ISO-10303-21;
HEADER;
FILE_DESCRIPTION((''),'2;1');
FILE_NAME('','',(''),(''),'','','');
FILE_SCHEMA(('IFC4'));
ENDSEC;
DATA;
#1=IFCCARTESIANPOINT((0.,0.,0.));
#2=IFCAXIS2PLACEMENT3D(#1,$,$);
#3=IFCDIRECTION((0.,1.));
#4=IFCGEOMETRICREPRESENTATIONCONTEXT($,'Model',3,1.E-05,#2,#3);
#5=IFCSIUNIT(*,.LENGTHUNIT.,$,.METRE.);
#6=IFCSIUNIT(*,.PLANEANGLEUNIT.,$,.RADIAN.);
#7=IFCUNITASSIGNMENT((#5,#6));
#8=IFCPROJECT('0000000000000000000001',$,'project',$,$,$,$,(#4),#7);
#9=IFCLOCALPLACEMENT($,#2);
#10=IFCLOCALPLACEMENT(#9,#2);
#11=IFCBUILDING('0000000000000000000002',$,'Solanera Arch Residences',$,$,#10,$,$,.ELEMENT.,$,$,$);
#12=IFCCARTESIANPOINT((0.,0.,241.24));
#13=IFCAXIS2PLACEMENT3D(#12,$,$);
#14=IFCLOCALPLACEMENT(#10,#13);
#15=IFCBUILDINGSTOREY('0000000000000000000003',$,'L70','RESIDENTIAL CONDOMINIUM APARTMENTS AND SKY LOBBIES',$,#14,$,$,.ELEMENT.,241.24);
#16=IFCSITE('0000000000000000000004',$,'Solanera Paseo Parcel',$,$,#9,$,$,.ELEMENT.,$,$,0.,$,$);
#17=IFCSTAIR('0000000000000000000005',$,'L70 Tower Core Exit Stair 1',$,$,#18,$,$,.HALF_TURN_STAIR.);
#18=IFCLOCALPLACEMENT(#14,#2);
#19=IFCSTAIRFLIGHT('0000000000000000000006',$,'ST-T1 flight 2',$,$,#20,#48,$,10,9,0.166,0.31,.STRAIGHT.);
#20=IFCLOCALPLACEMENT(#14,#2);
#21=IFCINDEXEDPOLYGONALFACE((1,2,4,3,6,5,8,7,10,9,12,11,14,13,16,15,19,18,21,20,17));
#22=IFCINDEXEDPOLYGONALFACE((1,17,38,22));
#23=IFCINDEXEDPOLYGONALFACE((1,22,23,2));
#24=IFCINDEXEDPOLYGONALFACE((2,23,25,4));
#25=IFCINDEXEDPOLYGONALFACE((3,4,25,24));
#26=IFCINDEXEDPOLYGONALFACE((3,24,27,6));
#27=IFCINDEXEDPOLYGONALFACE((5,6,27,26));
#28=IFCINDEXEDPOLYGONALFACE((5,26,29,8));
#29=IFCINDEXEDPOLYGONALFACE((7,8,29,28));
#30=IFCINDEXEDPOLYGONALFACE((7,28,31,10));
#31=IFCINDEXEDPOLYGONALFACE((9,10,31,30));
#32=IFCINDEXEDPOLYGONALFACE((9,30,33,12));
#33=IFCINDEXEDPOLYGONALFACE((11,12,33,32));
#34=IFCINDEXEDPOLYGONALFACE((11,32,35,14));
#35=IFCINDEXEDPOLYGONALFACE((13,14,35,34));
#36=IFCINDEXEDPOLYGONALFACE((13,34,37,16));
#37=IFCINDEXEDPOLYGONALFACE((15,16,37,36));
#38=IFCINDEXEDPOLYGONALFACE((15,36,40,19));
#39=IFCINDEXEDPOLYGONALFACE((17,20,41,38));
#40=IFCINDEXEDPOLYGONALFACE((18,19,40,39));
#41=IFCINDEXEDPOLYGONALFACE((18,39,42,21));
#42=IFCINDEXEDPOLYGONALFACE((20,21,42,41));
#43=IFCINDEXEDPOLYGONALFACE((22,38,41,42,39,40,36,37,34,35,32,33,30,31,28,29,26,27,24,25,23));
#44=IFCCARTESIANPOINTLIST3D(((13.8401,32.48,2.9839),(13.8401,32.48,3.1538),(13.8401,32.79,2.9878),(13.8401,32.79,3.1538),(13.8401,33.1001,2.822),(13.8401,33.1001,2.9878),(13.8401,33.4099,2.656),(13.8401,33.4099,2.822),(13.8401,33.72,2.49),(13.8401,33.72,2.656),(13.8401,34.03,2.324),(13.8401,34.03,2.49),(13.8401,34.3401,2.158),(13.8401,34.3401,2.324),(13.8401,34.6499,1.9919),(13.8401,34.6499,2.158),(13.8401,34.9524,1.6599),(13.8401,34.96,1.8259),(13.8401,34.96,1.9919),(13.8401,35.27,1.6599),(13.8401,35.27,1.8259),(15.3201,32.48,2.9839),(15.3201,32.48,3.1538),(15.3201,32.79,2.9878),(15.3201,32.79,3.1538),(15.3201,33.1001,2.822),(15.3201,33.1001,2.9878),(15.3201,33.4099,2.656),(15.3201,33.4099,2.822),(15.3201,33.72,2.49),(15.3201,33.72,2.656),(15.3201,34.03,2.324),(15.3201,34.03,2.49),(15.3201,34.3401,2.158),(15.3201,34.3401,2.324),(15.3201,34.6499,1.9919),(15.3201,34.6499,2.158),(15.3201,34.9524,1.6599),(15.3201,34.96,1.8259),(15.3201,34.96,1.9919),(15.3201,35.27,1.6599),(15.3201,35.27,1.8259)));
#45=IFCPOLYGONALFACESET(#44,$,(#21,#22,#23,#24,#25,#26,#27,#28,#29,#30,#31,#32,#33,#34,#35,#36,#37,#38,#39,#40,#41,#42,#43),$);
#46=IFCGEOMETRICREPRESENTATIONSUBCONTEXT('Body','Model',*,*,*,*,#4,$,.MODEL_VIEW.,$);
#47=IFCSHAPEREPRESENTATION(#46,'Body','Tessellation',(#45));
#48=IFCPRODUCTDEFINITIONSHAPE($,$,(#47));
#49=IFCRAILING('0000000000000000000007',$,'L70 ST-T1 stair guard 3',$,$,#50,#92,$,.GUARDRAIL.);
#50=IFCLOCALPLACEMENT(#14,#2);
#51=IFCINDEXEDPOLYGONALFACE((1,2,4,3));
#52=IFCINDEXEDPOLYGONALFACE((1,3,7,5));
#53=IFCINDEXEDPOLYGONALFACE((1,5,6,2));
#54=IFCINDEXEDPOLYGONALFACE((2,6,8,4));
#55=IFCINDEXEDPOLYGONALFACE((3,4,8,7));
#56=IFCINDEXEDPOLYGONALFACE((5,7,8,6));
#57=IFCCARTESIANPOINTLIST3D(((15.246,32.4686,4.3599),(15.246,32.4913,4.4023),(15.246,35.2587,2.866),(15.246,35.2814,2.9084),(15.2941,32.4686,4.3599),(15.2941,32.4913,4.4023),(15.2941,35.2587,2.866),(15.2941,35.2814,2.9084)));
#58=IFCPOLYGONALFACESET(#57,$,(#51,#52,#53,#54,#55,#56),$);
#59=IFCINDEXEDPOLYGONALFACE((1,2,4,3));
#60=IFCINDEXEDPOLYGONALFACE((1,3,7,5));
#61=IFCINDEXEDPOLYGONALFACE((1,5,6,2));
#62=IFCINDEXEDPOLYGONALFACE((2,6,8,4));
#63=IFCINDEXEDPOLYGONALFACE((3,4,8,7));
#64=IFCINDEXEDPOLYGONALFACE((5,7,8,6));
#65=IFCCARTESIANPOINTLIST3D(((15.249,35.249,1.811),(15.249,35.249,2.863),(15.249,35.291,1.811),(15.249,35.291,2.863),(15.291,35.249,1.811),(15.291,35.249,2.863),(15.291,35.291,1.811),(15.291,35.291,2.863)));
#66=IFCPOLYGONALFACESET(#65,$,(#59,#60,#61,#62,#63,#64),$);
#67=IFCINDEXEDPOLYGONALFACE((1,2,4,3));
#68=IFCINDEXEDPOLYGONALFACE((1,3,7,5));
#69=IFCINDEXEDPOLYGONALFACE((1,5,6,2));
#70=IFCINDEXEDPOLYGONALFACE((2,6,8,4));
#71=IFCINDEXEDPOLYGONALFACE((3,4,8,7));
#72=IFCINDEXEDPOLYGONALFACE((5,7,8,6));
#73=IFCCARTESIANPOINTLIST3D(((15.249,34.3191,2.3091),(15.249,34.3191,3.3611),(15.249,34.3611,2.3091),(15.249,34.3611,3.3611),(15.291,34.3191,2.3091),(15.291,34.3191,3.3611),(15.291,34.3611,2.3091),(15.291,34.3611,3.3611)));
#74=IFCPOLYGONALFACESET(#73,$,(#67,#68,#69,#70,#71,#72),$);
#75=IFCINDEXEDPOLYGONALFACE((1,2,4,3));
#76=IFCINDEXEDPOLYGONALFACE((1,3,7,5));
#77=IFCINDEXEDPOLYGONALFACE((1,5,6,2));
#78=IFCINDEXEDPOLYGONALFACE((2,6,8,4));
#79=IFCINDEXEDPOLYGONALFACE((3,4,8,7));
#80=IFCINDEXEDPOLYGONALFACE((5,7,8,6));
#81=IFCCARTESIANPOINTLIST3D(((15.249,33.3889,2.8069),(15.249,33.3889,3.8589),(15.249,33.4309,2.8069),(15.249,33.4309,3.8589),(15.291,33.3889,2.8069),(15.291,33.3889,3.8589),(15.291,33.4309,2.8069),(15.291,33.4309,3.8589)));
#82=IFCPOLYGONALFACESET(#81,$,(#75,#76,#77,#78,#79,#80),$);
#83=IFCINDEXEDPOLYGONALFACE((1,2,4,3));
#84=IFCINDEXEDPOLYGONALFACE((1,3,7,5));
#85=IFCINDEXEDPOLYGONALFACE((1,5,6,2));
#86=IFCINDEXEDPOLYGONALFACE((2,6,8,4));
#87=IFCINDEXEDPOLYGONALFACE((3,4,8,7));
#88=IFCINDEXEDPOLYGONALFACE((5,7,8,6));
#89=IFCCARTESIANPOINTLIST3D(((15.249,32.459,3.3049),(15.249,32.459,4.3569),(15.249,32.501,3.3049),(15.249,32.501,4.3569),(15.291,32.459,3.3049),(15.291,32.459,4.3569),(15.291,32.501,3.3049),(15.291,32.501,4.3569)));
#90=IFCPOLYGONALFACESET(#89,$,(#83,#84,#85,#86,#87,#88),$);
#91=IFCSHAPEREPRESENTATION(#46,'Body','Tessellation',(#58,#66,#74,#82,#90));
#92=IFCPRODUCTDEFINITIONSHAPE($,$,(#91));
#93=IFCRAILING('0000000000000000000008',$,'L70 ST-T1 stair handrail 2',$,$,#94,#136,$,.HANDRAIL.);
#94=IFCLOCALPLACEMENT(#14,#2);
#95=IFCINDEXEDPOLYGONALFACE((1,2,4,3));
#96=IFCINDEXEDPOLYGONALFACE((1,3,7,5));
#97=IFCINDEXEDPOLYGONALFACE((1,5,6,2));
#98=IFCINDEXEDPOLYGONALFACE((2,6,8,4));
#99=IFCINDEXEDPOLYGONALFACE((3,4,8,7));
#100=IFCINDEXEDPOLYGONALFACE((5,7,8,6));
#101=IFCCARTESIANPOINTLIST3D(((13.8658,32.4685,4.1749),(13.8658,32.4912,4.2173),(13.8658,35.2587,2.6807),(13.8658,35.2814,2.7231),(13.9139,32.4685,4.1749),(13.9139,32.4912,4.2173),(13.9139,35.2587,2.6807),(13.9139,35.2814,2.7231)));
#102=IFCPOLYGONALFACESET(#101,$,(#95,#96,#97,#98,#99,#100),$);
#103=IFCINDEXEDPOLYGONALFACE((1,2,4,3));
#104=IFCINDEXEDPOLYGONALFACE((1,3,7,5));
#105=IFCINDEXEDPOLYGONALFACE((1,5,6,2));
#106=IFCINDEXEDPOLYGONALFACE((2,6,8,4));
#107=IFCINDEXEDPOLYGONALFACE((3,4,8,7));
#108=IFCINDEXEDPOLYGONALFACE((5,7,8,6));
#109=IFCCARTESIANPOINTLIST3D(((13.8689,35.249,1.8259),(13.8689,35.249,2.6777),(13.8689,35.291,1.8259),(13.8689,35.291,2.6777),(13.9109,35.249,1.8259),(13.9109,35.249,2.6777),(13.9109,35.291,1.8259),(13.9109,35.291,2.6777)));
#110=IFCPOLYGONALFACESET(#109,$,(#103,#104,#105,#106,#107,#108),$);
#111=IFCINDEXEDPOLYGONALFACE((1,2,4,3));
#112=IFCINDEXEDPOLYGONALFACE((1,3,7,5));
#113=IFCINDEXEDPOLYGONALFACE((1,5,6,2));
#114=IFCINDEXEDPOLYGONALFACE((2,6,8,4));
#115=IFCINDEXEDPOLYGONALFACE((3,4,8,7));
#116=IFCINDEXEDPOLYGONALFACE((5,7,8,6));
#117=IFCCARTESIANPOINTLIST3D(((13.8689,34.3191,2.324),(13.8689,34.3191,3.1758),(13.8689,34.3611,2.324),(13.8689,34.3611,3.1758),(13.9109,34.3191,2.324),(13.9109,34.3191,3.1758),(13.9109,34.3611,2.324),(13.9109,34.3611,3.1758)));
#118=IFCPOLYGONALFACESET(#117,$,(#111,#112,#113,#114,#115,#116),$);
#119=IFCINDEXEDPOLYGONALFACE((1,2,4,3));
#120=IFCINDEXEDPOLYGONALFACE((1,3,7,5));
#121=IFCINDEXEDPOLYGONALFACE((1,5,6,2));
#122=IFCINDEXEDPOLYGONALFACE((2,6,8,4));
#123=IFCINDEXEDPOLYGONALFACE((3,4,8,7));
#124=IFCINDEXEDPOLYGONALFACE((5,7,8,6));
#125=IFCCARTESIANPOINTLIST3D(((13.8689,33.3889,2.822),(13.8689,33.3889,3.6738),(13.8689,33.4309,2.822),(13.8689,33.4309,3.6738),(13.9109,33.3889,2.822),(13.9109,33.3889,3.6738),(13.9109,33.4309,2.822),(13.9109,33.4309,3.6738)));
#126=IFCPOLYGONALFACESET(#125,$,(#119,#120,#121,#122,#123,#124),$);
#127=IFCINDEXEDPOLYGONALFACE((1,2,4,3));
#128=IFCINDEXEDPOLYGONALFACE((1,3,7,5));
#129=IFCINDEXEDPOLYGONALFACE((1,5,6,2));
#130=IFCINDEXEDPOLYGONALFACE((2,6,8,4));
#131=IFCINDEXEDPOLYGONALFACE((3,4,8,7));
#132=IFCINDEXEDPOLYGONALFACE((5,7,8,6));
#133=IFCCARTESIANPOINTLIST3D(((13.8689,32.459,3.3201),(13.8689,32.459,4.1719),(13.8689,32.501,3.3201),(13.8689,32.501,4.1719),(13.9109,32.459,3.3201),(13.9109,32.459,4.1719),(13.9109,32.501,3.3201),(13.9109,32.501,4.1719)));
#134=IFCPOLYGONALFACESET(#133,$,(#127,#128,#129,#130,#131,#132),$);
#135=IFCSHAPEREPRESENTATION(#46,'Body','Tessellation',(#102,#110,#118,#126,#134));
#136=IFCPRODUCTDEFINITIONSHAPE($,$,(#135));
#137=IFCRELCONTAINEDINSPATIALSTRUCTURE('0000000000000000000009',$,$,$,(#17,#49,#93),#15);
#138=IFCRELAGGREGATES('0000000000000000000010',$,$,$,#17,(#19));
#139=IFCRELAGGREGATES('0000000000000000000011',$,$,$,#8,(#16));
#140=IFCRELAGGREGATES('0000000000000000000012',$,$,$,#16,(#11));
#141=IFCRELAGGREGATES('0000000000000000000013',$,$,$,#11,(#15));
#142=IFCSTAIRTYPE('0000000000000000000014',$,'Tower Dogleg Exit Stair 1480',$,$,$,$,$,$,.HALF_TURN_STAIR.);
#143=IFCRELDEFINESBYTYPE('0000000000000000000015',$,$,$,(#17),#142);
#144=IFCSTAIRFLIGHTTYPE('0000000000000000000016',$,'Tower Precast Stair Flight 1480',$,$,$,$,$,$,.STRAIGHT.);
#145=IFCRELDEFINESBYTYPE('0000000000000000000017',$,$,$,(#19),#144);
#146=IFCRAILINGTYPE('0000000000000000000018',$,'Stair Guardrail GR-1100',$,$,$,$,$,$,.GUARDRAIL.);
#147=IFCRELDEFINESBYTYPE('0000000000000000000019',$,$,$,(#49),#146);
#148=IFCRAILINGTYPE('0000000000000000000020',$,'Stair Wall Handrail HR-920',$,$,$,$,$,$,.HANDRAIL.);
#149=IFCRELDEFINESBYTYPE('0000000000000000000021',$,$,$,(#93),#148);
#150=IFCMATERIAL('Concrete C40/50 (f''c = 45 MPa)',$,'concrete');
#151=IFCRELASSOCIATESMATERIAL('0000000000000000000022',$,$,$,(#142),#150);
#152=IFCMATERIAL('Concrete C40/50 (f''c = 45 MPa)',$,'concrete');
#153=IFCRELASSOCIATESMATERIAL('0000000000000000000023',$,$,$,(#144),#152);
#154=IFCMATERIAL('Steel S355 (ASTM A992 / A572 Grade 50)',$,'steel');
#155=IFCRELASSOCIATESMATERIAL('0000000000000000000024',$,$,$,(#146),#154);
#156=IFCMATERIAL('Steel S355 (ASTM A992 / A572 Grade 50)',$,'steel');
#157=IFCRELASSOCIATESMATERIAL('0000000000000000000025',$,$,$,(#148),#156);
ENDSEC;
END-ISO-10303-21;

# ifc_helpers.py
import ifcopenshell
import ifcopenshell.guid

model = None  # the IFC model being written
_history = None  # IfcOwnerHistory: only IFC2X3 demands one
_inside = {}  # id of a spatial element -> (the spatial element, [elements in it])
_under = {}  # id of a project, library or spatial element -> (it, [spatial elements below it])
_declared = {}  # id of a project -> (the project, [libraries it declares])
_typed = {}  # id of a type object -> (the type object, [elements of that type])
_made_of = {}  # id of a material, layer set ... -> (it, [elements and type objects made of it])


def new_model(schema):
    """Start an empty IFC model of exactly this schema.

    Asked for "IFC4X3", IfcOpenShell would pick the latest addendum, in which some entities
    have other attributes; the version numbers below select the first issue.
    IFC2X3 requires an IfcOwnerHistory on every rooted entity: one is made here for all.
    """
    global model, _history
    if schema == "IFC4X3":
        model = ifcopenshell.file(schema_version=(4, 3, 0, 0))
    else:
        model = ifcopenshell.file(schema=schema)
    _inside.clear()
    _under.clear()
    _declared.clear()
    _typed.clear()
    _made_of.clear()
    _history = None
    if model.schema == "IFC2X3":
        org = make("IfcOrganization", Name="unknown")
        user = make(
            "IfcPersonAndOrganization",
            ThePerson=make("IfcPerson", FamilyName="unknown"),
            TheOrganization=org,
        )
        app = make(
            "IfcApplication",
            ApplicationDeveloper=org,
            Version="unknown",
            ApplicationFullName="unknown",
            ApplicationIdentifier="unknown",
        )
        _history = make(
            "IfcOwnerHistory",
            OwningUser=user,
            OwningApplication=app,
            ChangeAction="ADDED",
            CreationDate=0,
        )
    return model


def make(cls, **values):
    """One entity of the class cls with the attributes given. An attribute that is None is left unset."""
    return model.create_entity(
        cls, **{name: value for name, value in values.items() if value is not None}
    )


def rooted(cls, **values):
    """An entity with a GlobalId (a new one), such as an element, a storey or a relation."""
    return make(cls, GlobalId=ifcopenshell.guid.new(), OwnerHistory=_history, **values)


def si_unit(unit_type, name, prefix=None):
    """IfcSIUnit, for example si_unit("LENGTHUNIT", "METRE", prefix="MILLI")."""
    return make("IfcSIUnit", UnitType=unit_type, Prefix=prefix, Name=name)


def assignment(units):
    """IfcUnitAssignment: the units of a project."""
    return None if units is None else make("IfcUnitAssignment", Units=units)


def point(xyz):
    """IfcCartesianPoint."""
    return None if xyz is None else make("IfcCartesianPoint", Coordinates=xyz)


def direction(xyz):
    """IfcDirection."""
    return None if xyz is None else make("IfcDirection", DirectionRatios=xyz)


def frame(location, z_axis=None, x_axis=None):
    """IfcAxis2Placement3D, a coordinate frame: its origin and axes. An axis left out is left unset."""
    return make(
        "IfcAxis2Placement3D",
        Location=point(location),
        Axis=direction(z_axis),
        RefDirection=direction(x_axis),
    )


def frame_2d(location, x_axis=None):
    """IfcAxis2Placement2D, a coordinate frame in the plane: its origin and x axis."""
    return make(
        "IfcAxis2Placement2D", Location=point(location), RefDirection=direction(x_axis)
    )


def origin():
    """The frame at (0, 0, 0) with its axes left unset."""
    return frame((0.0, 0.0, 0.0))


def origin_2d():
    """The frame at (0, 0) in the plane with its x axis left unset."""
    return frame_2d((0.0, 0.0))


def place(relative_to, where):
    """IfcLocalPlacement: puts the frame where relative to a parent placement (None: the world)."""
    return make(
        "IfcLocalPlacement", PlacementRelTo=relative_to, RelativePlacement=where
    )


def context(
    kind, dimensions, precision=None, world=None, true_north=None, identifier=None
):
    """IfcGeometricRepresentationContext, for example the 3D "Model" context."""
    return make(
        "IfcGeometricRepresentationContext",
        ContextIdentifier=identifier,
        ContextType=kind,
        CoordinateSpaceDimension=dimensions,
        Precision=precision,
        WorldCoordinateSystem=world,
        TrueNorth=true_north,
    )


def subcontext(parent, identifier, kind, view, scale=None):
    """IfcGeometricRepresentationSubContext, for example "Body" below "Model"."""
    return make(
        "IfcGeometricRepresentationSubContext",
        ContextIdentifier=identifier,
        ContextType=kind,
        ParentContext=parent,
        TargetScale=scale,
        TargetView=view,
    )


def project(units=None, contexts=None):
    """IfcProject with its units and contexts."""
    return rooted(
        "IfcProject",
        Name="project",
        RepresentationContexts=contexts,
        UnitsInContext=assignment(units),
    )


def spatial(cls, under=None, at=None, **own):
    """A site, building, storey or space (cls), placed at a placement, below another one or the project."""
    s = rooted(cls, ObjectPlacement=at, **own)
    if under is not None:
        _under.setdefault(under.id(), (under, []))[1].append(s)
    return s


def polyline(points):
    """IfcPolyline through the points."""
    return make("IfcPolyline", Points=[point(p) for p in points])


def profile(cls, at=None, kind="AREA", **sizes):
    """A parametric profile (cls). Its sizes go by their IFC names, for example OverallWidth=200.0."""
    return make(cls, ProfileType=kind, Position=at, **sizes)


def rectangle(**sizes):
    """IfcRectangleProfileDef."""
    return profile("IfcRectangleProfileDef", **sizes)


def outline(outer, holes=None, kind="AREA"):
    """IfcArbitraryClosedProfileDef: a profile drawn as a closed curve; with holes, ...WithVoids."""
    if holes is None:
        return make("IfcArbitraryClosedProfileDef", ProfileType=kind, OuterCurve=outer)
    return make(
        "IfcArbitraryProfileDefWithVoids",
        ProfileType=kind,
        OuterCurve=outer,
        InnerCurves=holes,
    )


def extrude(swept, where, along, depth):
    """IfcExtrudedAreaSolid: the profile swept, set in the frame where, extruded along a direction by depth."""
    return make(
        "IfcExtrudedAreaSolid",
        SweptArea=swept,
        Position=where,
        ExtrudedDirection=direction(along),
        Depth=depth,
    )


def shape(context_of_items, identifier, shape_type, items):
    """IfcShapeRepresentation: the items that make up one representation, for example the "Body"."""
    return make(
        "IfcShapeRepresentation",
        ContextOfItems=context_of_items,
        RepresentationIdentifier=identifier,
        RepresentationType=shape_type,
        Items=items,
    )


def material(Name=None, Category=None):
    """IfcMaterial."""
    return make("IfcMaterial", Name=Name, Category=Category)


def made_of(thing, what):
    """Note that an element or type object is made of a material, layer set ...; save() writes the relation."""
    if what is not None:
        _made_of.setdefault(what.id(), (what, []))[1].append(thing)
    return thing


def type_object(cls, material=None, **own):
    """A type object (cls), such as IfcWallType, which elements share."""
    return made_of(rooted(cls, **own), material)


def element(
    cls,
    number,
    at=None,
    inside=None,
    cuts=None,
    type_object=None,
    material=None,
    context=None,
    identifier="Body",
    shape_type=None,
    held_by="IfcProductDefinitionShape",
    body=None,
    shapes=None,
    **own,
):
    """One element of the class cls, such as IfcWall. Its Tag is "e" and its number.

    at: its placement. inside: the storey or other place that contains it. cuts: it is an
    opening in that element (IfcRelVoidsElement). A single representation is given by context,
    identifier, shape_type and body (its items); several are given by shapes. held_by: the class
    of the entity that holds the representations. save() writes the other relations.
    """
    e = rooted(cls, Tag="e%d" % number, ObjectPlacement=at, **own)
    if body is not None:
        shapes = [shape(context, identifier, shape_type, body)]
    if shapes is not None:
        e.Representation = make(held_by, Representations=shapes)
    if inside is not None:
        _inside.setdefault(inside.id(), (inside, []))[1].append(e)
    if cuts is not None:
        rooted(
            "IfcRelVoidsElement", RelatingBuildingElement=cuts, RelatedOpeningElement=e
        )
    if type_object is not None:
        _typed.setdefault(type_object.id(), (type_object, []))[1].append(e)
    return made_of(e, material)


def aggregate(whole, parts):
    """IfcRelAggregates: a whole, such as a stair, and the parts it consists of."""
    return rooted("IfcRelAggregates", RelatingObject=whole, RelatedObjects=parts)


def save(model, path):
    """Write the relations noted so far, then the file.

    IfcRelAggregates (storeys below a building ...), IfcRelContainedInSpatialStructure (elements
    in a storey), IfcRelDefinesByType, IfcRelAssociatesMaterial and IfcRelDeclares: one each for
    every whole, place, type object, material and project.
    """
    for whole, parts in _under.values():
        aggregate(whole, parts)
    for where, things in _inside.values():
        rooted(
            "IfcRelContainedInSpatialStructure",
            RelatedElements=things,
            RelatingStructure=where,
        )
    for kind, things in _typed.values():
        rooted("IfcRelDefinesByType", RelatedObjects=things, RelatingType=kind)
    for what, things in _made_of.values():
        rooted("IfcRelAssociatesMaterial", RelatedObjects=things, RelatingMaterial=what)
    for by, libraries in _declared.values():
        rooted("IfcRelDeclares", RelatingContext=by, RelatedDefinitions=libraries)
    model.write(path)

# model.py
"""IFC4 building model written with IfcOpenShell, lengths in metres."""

from ifc_helpers import new_model, si_unit, direction, frame, origin, origin_2d, place, context, subcontext, project, spatial, polyline, rectangle, outline, extrude, material, type_object, element, aggregate, save


model = new_model("IFC4")

# Units and contexts
model_context = context("Model", 3, precision=1e-05, world=origin(), true_north=direction((0.0, 1.0)))
body_context = subcontext(model_context, "Body", "Model", "MODEL_VIEW")
ifc_project = project(units=[si_unit("LENGTHUNIT", "METRE"), si_unit("PLANEANGLEUNIT", "RADIAN")], contexts=[model_context])

# Site, building, storey
site_placement = place(None, origin())
site = spatial("IfcSite", under=ifc_project, at=site_placement, Name="Solanera Paseo Parcel", CompositionType="ELEMENT", RefElevation=0.0)
building_placement = place(site_placement, origin())
building = spatial("IfcBuilding", under=site, at=building_placement, Name="Solanera Arch Residences", CompositionType="ELEMENT")
storey_placement = place(building_placement, frame((0.0, 0.0, 241.24)))
storey = spatial("IfcBuildingStorey", under=building, at=storey_placement, Name="L70", Description="RESIDENTIAL CONDOMINIUM APARTMENTS AND SKY LOBBIES", CompositionType="ELEMENT", Elevation=241.24)

# Stair, stair flight
ifc_material_1 = material(Name="Concrete C40/50 (f'c = 45 MPa)", Category="concrete")
stair_type = type_object("IfcStairType", Name="Tower Dogleg Exit Stair 1480", PredefinedType="HALF_TURN_STAIR", material=ifc_material_1)
stair_placement = place(storey_placement, origin())
stair = element("IfcStair", 1, at=stair_placement, inside=storey, type_object=stair_type, Name="L70 Tower Core Exit Stair 1", PredefinedType="HALF_TURN_STAIR")
ifc_material_2 = material(Name="Concrete C40/50 (f'c = 45 MPa)", Category="concrete")
stair_flight_type = type_object("IfcStairFlightType", Name="Tower Precast Stair Flight 1480", PredefinedType="STRAIGHT", material=ifc_material_2)
stair_flight_placement = place(storey_placement, frame((14.5801, 35.27, 1.6599), z_axis=(0.0, 0.0, 1.0), x_axis=(0.0, -1.0, 0.0)))
stair_flight = element("IfcStairFlight", 2, at=stair_flight_placement, type_object=stair_flight_type, Name="ST-T1 flight 2", NumberOfRisers=10, NumberOfTreads=9, PredefinedType="STRAIGHT", RiserHeight=0.166, TreadLength=0.31, context=body_context, shape_type="SweptSolid", body=[
    extrude(outline(polyline([(0.0, 0.0), (0.0, 0.166), (0.3101, 0.166), (0.3101, 0.332), (0.6201, 0.332), (0.6201, 0.498), (0.9299, 0.498), (0.9299, 0.6641), (1.24, 0.6641), (1.24, 0.8301), (1.55, 0.8301), (1.55, 0.9961), (1.8601, 0.9961), (1.8601, 1.1621), (2.1699, 1.1621), (2.1699, 1.3279), (2.48, 1.3279), (2.48, 1.4939), (2.79, 1.4939), (2.79, 1.6599), (2.79, 1.324), (0.3176, 0.0), (0.0, 0.0)])), frame((0.0, 0.74, 0.0), z_axis=(0.0, -1.0, 0.0), x_axis=(1.0, 0.0, 0.0)), (0.0, 0.0, 1.0), 1.48),
])
aggregate(stair, [stair_flight])

# Railings
ifc_material_3 = material(Name="Steel S355 (ASTM A992 / A572 Grade 50)", Category="steel")
railing_type_1 = type_object("IfcRailingType", Name="Stair Guardrail GR-1100", PredefinedType="GUARDRAIL", material=ifc_material_3)
railing_1_placement = place(storey_placement, frame((15.27, 35.27, 1.811)))
element("IfcRailing", 3, at=railing_1_placement, inside=storey, type_object=railing_type_1, Name="L70 ST-T1 stair guard 3", PredefinedType="GUARDRAIL", context=body_context, shape_type="SweptSolid", body=[
    extrude(rectangle(XDim=0.0481, YDim=0.0481, at=origin_2d()), frame((0.0, 0.0, 1.0762), z_axis=(0.0, -0.881581, 0.472033), x_axis=(1.0, 0.0, 0.0)), (0.0, 0.0, 1.0), 3.1648),
    extrude(rectangle(XDim=0.042, YDim=0.042, at=origin_2d()), origin(), (0.0, 0.0, 1.0), 1.052),
    extrude(rectangle(XDim=0.042, YDim=0.042, at=origin_2d()), frame((0.0, -0.9299, 0.498)), (0.0, 0.0, 1.0), 1.052),
    extrude(rectangle(XDim=0.042, YDim=0.042, at=origin_2d()), frame((0.0, -1.8601, 0.9958)), (0.0, 0.0, 1.0), 1.052),
    extrude(rectangle(XDim=0.042, YDim=0.042, at=origin_2d()), frame((0.0, -2.79, 1.4939)), (0.0, 0.0, 1.0), 1.052),
])
ifc_material_4 = material(Name="Steel S355 (ASTM A992 / A572 Grade 50)", Category="steel")
railing_type_2 = type_object("IfcRailingType", Name="Stair Wall Handrail HR-920", PredefinedType="HANDRAIL", material=ifc_material_4)
railing_2_placement = place(storey_placement, frame((13.8899, 35.27, 1.8259)))
element("IfcRailing", 4, at=railing_2_placement, inside=storey, type_object=railing_type_2, Name="L70 ST-T1 stair handrail 2", PredefinedType="HANDRAIL", context=body_context, shape_type="SweptSolid", body=[
    extrude(rectangle(XDim=0.0481, YDim=0.0481, at=origin_2d()), frame((0.0, 0.0, 0.876), z_axis=(0.0, -0.881549, 0.472093), x_axis=(1.0, 0.0, 0.0)), (0.0, 0.0, 1.0), 3.165),
    extrude(rectangle(XDim=0.042, YDim=0.042, at=origin_2d()), origin(), (0.0, 0.0, 1.0), 0.8518),
    extrude(rectangle(XDim=0.042, YDim=0.042, at=origin_2d()), frame((0.0, -0.9299, 0.498)), (0.0, 0.0, 1.0), 0.8518),
    extrude(rectangle(XDim=0.042, YDim=0.042, at=origin_2d()), frame((0.0, -1.8601, 0.9961)), (0.0, 0.0, 1.0), 0.8518),
    extrude(rectangle(XDim=0.042, YDim=0.042, at=origin_2d()), frame((0.0, -2.79, 1.4941)), (0.0, 0.0, 1.0), 0.8518),
])

save(model, "model.ifc")
